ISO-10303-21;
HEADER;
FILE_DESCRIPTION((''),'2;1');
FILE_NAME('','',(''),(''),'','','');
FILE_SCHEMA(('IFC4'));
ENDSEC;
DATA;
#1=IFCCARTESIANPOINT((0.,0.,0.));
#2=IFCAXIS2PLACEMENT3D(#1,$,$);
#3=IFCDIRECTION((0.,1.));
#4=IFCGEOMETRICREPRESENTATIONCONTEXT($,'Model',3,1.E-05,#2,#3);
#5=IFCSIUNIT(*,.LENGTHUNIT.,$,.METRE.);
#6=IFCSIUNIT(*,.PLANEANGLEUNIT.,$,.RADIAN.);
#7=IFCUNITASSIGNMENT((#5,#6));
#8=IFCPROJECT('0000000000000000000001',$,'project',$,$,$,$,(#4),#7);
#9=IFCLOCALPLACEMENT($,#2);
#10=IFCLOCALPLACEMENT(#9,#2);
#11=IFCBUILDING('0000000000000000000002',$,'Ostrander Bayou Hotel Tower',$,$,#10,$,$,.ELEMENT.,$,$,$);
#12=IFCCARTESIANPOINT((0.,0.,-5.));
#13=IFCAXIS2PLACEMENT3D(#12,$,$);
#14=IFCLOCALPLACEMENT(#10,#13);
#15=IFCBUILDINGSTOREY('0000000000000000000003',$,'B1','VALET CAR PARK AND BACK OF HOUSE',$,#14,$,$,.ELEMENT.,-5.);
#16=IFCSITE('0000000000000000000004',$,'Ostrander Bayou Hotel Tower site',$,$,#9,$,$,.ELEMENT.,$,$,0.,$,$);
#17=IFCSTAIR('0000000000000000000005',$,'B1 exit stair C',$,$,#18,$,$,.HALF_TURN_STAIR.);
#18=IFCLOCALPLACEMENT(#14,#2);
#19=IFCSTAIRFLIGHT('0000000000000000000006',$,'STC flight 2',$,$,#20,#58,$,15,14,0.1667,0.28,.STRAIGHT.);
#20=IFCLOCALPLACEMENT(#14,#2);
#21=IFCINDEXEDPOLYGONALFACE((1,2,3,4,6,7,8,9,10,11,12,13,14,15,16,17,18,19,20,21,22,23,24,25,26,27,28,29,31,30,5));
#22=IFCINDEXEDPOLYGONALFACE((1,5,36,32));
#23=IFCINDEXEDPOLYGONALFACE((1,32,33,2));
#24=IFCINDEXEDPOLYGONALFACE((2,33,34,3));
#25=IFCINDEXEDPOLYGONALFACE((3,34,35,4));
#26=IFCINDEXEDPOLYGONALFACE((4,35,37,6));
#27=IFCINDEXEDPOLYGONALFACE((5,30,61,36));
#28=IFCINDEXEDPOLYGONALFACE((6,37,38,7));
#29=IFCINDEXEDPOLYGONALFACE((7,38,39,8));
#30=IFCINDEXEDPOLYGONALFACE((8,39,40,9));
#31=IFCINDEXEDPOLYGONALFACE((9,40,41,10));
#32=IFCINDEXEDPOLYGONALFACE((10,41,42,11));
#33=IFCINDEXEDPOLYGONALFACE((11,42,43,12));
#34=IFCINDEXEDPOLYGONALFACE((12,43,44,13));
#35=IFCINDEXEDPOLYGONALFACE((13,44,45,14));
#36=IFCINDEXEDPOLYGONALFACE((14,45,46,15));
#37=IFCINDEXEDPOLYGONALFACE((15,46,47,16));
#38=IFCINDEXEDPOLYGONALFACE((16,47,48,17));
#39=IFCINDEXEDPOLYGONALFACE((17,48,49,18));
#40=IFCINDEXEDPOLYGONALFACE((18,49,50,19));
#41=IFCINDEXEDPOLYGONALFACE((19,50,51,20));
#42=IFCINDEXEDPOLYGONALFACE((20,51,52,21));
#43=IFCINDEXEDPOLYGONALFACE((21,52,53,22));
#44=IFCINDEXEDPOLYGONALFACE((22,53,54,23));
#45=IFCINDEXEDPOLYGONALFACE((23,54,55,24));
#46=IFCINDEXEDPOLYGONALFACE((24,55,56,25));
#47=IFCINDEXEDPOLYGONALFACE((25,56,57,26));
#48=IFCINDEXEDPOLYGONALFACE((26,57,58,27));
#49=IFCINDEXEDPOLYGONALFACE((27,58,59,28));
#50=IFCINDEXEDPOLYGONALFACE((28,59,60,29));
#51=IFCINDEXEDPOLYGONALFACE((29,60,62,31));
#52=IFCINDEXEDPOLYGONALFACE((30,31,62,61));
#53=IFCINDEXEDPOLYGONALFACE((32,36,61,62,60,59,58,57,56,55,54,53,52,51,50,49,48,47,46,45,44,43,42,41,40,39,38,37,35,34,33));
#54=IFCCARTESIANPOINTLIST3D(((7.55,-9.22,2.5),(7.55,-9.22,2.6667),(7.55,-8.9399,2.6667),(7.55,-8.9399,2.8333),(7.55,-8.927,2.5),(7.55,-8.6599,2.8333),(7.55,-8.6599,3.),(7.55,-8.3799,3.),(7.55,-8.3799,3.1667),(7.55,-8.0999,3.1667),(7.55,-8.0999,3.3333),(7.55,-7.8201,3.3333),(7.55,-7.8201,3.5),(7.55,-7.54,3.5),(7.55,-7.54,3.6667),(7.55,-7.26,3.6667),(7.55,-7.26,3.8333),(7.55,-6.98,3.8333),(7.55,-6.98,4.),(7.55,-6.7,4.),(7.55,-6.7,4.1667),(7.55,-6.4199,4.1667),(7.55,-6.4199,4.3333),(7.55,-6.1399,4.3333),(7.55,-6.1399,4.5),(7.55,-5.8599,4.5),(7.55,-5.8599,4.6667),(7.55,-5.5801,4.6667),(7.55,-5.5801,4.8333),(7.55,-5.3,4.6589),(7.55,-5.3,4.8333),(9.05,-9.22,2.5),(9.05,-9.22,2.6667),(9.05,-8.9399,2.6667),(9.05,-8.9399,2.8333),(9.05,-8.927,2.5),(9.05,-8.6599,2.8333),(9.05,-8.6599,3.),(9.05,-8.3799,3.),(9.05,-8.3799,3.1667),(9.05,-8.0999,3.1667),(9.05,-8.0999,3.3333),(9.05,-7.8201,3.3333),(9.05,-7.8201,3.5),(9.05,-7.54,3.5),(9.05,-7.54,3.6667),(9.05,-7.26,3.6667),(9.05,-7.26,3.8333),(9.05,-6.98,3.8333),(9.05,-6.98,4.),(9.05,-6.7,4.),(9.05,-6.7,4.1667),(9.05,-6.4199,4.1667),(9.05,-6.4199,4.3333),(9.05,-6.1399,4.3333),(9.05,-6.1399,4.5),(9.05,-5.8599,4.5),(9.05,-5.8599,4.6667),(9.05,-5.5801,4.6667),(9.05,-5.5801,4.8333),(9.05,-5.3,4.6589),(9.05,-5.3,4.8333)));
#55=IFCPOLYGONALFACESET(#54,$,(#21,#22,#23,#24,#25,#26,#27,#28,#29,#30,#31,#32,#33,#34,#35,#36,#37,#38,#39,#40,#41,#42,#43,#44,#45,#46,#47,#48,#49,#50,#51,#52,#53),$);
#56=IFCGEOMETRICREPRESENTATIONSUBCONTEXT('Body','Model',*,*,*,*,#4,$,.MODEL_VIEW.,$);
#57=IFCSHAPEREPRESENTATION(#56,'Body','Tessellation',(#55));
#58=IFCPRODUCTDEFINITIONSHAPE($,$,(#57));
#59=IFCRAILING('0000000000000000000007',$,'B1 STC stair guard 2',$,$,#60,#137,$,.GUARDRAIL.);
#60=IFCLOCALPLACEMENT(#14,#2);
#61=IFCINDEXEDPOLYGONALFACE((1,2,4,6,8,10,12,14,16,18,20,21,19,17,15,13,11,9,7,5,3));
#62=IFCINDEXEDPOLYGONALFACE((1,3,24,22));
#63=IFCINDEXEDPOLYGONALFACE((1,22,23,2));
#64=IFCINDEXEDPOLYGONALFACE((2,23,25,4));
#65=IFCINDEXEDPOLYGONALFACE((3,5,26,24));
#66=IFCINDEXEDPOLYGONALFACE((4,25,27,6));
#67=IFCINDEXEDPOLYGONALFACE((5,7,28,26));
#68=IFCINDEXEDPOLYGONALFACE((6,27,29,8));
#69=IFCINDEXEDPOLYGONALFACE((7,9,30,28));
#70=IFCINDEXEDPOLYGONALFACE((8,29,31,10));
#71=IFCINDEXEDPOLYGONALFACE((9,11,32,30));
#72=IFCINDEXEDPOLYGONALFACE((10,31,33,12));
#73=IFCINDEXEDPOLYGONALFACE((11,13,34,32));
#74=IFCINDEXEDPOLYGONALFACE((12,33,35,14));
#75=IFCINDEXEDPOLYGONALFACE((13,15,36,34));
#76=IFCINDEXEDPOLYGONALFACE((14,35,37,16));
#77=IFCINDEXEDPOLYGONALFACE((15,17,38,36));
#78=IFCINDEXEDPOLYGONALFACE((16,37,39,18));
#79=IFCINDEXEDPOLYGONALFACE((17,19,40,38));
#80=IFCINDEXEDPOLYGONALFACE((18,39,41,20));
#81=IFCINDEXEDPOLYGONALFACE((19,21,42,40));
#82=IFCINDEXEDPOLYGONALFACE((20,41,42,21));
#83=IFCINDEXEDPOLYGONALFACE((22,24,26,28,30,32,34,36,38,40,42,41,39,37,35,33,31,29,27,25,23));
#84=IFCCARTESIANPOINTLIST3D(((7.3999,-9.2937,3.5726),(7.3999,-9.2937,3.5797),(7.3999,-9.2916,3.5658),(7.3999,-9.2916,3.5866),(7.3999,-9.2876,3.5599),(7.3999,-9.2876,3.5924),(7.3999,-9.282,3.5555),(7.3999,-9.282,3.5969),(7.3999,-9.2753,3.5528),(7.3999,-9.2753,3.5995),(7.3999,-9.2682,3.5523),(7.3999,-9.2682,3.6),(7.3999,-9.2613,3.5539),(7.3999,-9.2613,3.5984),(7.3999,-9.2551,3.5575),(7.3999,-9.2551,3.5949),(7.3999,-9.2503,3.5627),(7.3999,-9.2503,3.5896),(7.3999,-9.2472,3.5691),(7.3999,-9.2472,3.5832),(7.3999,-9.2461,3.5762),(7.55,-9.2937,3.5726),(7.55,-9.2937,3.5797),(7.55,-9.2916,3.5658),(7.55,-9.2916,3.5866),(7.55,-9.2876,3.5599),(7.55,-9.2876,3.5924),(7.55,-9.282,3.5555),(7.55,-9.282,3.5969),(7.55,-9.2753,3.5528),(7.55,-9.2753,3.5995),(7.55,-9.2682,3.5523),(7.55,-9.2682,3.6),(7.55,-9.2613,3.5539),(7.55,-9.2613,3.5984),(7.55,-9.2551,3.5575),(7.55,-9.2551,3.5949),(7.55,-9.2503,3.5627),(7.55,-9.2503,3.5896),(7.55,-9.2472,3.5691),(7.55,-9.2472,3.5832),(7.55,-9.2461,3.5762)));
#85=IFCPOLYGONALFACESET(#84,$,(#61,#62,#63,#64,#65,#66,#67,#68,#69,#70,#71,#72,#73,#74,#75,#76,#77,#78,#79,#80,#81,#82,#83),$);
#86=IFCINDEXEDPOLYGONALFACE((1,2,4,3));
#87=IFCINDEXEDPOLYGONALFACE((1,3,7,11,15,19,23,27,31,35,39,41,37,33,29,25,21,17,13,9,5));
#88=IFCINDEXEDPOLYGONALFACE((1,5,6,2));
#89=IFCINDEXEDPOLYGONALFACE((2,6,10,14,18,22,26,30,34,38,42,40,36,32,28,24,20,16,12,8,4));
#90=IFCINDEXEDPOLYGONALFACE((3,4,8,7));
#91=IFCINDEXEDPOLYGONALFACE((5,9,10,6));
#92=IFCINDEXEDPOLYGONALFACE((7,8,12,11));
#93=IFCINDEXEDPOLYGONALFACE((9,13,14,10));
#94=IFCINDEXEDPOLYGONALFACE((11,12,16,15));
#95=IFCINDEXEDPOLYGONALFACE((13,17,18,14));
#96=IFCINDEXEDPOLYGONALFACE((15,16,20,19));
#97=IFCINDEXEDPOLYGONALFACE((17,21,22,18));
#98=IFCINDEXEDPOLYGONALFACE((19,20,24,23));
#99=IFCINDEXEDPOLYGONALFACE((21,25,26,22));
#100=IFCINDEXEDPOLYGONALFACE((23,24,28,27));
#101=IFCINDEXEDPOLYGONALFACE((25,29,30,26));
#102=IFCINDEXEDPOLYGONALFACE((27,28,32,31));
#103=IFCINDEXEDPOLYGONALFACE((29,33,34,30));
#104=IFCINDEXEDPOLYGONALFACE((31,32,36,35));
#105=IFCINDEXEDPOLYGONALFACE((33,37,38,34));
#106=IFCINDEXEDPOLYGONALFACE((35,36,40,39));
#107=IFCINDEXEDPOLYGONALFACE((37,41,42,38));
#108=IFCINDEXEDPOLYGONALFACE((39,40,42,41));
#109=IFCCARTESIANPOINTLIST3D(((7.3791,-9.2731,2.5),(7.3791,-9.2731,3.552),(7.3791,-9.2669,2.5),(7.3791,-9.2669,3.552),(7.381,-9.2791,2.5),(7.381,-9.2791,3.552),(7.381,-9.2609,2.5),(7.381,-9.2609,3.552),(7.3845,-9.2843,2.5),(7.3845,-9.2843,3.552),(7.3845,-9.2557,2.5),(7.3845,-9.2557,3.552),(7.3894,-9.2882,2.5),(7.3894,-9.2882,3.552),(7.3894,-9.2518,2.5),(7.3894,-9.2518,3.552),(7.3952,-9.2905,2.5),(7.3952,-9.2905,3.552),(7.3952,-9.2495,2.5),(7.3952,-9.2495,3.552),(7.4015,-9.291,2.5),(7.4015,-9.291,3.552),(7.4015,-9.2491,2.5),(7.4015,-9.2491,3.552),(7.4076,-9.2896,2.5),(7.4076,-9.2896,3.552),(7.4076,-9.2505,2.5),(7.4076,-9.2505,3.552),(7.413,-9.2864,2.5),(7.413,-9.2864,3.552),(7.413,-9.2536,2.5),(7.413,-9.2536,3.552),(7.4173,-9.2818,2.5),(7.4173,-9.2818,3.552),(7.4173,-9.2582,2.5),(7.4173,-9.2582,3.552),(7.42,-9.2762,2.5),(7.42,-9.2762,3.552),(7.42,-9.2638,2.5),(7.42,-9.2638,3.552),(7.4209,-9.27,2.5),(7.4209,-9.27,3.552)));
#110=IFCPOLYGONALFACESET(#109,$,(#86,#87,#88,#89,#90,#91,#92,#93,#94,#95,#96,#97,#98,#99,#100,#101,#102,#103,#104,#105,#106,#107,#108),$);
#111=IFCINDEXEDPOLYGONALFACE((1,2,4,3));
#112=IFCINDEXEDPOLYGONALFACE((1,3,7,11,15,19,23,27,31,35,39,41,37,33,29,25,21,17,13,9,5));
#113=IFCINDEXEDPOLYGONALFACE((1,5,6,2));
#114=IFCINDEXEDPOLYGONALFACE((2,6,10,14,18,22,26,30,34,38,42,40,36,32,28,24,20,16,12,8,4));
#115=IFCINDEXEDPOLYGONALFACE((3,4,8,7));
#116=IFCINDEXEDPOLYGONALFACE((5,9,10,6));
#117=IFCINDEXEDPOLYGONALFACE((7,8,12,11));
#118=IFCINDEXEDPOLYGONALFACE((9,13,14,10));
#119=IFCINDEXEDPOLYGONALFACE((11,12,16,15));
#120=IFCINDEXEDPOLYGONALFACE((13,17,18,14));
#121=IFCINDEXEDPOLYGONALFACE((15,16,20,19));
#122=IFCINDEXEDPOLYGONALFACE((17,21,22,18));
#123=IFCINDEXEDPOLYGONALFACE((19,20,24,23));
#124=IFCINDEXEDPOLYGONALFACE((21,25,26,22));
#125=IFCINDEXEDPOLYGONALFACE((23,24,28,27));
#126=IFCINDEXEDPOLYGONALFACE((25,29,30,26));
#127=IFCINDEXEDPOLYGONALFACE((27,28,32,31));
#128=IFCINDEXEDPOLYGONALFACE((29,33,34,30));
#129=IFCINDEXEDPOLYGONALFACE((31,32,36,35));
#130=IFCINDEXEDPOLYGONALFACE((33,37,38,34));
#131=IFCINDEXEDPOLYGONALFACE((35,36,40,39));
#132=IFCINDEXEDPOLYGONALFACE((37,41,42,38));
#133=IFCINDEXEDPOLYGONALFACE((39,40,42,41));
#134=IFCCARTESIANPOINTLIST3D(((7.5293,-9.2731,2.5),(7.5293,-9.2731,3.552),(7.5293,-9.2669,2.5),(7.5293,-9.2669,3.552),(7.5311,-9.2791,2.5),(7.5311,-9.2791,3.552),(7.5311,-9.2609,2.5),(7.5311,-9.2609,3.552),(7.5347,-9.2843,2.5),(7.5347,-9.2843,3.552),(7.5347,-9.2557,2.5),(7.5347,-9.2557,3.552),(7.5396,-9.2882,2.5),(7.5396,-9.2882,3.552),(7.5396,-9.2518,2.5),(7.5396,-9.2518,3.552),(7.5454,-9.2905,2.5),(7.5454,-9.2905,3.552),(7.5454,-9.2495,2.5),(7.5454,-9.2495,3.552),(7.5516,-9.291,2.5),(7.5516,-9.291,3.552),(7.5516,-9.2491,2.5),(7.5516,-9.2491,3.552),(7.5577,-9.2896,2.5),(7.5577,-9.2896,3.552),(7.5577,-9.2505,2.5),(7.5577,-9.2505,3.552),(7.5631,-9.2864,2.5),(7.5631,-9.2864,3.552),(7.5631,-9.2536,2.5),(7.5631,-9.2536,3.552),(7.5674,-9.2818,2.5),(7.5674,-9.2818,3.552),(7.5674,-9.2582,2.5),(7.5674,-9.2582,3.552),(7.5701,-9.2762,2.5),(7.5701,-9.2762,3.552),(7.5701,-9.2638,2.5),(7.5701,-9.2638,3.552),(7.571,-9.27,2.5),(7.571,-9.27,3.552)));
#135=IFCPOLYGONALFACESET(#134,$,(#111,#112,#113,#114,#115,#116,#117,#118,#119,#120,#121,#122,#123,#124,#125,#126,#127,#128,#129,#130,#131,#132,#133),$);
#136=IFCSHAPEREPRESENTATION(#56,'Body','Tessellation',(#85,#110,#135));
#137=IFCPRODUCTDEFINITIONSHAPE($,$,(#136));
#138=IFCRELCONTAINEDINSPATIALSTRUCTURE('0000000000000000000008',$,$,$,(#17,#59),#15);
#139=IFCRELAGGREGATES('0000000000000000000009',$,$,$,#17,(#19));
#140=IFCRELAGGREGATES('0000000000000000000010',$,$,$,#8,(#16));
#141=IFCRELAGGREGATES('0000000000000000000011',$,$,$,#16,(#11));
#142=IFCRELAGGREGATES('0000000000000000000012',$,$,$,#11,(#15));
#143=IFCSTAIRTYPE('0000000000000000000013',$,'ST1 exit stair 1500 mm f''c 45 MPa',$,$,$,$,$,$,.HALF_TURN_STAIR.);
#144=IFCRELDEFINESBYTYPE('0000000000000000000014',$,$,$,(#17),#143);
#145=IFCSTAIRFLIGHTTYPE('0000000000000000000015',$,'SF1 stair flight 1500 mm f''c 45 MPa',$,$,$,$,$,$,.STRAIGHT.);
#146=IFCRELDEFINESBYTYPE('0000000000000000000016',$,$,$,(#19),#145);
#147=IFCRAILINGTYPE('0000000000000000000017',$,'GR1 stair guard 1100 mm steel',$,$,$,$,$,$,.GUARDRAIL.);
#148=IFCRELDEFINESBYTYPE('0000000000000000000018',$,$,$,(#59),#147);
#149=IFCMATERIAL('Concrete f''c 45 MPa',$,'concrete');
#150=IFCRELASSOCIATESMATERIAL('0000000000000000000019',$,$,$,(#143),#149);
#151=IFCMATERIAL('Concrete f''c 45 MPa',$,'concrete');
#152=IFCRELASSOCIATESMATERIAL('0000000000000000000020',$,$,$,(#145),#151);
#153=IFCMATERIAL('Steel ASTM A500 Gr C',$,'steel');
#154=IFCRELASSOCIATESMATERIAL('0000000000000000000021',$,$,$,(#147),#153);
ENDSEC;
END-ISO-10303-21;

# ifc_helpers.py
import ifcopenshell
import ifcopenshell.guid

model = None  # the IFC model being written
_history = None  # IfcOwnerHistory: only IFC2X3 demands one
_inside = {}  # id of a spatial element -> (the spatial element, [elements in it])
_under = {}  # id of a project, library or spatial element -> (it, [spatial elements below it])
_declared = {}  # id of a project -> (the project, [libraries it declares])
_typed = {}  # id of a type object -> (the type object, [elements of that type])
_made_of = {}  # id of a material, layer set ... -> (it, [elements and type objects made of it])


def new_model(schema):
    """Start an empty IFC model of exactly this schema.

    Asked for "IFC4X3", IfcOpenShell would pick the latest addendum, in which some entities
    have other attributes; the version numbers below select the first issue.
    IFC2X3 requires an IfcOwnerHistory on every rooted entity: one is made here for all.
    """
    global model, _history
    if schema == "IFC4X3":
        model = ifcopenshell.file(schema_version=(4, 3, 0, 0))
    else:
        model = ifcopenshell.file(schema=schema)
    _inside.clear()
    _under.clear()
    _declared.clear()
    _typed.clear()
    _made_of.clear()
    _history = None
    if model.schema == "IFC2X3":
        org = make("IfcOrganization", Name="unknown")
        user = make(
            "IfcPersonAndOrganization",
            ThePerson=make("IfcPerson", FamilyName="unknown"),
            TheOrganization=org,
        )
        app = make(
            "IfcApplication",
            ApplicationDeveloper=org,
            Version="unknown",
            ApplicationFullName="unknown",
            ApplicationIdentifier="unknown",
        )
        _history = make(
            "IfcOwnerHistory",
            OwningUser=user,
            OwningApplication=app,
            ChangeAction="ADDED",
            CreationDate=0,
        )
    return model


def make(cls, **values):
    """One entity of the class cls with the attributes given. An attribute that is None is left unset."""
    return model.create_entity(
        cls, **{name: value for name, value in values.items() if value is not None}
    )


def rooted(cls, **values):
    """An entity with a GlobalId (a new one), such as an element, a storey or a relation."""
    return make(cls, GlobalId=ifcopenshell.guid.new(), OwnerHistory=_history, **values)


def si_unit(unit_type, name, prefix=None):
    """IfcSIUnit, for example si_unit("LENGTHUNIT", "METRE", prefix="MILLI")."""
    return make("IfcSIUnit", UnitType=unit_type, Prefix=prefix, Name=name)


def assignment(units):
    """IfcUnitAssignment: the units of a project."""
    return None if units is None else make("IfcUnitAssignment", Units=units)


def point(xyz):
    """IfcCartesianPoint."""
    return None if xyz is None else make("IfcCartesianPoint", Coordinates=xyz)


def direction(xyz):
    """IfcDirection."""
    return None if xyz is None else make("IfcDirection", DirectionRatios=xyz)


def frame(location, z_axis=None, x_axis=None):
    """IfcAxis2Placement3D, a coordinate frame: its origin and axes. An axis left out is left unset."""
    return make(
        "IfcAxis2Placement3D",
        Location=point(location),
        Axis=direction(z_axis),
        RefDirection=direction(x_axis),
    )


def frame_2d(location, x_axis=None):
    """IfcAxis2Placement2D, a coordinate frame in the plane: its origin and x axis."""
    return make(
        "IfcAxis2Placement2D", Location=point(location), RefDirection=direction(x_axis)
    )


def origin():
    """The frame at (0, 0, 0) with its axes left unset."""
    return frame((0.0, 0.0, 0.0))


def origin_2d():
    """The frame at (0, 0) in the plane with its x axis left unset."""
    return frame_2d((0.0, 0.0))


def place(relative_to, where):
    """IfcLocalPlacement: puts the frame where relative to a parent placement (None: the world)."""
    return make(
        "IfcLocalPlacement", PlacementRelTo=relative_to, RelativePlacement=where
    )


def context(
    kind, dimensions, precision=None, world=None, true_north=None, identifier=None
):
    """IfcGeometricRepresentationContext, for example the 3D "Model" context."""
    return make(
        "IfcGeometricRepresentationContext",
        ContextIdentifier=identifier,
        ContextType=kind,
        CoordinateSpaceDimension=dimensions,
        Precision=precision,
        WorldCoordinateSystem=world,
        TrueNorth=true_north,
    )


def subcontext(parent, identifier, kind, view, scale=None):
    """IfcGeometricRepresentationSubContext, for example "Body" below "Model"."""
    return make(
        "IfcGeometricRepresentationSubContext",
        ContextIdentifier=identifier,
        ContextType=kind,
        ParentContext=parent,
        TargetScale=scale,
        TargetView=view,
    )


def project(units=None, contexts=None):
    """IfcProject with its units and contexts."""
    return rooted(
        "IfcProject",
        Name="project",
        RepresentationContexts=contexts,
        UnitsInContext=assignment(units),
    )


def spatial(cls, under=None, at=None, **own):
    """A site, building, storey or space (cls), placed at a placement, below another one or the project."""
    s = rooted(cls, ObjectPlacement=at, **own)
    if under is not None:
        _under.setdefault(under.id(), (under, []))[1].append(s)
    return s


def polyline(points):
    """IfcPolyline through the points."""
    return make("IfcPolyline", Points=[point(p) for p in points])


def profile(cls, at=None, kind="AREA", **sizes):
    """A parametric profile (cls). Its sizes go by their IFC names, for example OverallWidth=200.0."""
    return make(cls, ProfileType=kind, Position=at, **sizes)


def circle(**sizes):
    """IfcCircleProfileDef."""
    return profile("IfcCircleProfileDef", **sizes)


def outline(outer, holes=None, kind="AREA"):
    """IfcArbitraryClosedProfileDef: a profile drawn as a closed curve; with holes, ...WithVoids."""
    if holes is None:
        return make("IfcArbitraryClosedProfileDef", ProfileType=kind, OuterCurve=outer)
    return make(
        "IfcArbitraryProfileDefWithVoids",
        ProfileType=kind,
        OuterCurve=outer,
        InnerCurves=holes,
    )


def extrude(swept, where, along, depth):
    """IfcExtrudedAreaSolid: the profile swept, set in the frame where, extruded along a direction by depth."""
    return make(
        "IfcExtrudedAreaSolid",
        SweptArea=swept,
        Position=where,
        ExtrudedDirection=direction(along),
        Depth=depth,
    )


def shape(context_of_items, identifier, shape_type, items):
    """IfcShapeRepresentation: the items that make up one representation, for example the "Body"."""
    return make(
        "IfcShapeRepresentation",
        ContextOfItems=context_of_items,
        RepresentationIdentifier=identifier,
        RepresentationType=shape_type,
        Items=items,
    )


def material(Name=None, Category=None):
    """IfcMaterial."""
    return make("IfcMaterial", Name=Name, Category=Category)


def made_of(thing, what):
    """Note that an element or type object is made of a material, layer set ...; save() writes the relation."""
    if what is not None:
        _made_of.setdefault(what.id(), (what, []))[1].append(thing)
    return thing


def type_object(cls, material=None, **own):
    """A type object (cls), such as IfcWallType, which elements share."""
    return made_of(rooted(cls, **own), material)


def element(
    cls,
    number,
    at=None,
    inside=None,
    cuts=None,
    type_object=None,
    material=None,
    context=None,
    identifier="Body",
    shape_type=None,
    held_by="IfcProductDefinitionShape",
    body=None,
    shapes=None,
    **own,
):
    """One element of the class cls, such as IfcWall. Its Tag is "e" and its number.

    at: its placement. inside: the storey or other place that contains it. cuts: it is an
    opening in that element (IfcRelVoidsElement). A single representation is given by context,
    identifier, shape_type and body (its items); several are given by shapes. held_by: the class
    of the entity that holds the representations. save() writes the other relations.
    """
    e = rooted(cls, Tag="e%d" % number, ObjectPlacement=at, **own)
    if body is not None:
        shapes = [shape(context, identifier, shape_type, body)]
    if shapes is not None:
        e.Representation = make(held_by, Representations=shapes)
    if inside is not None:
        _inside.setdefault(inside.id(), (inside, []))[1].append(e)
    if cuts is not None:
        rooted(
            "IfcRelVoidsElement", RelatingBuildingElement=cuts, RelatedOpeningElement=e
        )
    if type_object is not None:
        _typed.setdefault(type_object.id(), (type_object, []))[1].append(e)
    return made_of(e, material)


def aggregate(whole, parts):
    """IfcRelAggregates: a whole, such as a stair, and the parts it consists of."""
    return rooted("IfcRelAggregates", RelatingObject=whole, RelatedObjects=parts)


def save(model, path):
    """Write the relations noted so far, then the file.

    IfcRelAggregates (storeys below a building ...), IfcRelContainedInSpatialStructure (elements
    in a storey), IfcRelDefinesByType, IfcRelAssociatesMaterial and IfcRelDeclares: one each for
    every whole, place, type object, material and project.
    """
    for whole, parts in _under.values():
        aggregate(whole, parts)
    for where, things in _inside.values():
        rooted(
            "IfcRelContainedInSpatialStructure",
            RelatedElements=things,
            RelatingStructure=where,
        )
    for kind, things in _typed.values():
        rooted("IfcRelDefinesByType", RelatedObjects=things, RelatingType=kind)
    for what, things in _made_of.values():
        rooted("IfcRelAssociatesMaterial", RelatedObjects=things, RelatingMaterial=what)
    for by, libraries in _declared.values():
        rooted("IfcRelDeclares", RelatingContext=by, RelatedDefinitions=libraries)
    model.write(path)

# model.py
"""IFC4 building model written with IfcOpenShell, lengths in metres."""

from ifc_helpers import new_model, si_unit, direction, frame, origin, origin_2d, place, context, subcontext, project, spatial, polyline, circle, outline, extrude, material, type_object, element, aggregate, save


model = new_model("IFC4")

# Units and contexts
model_context = context("Model", 3, precision=1e-05, world=origin(), true_north=direction((0.0, 1.0)))
body_context = subcontext(model_context, "Body", "Model", "MODEL_VIEW")
ifc_project = project(units=[si_unit("LENGTHUNIT", "METRE"), si_unit("PLANEANGLEUNIT", "RADIAN")], contexts=[model_context])

# Site, building, storey
site_placement = place(None, origin())
site = spatial("IfcSite", under=ifc_project, at=site_placement, Name="Ostrander Bayou Hotel Tower site", CompositionType="ELEMENT", RefElevation=0.0)
building_placement = place(site_placement, origin())
building = spatial("IfcBuilding", under=site, at=building_placement, Name="Ostrander Bayou Hotel Tower", CompositionType="ELEMENT")
storey_placement = place(building_placement, frame((0.0, 0.0, -5.0)))
storey = spatial("IfcBuildingStorey", under=building, at=storey_placement, Name="B1", Description="VALET CAR PARK AND BACK OF HOUSE", CompositionType="ELEMENT", Elevation=-5.0)

# Stair, stair flight
ifc_material_1 = material(Name="Concrete f'c 45 MPa", Category="concrete")
stair_type = type_object("IfcStairType", Name="ST1 exit stair 1500 mm f'c 45 MPa", PredefinedType="HALF_TURN_STAIR", material=ifc_material_1)
stair_placement = place(storey_placement, origin())
stair = element("IfcStair", 1, at=stair_placement, inside=storey, type_object=stair_type, Name="B1 exit stair C", PredefinedType="HALF_TURN_STAIR")
ifc_material_2 = material(Name="Concrete f'c 45 MPa", Category="concrete")
stair_flight_type = type_object("IfcStairFlightType", Name="SF1 stair flight 1500 mm f'c 45 MPa", PredefinedType="STRAIGHT", material=ifc_material_2)
stair_flight_placement = place(storey_placement, frame((8.3, -9.22, 2.5), z_axis=(0.0, 0.0, 1.0), x_axis=(0.0, 1.0, 0.0)))
stair_flight = element("IfcStairFlight", 2, at=stair_flight_placement, type_object=stair_flight_type, Name="STC flight 2", NumberOfRisers=15, NumberOfTreads=14, PredefinedType="STRAIGHT", RiserHeight=0.1667, TreadLength=0.28, context=body_context, shape_type="SweptSolid", body=[
    extrude(outline(polyline([(0.0, 0.0), (0.0, 0.1667), (0.28, 0.1667), (0.28, 0.3333), (0.5601, 0.3333), (0.5601, 0.5), (0.8401, 0.5), (0.8401, 0.6667), (1.1201, 0.6667), (1.1201, 0.8333), (1.3999, 0.8333), (1.3999, 1.0), (1.6799, 1.0), (1.6799, 1.1667), (1.96, 1.1667), (1.96, 1.3333), (2.24, 1.3333), (2.24, 1.5), (2.52, 1.5), (2.52, 1.6667), (2.8, 1.6667), (2.8, 1.8333), (3.0801, 1.8333), (3.0801, 2.0), (3.3601, 2.0), (3.3601, 2.1667), (3.6399, 2.1667), (3.6399, 2.3333), (3.9199, 2.3333), (3.9199, 2.5), (3.9199, 2.1589), (0.293, 0.0), (0.0, 0.0)])), frame((0.0, 0.75, 0.0), z_axis=(0.0, -1.0, 0.0), x_axis=(1.0, 0.0, 0.0)), (0.0, 0.0, 1.0), 1.5),
])
aggregate(stair, [stair_flight])

# Railing
ifc_material_3 = material(Name="Steel ASTM A500 Gr C", Category="steel")
railing_type_1 = type_object("IfcRailingType", Name="GR1 stair guard 1100 mm steel", PredefinedType="GUARDRAIL", material=ifc_material_3)
railing_1_placement = place(storey_placement, frame((7.3999, -9.27, 2.5)))
element("IfcRailing", 3, at=railing_1_placement, inside=storey, type_object=railing_type_1, Name="B1 STC stair guard 2", PredefinedType="GUARDRAIL", context=body_context, shape_type="SweptSolid", body=[
    extrude(circle(Radius=0.0239, at=origin_2d()), frame((0.0, 0.0, 1.0762), z_axis=(1.0, 0.0, 0.0), x_axis=(0.0, 1.0, 0.0)), (0.0, 0.0, 1.0), 0.1501),
    extrude(circle(Radius=0.021, at=origin_2d()), origin(), (0.0, 0.0, 1.0), 1.052),
    extrude(circle(Radius=0.021, at=origin_2d()), frame((0.1501, 0.0, 0.0)), (0.0, 0.0, 1.0), 1.052),
])

save(model, "model.ifc")
